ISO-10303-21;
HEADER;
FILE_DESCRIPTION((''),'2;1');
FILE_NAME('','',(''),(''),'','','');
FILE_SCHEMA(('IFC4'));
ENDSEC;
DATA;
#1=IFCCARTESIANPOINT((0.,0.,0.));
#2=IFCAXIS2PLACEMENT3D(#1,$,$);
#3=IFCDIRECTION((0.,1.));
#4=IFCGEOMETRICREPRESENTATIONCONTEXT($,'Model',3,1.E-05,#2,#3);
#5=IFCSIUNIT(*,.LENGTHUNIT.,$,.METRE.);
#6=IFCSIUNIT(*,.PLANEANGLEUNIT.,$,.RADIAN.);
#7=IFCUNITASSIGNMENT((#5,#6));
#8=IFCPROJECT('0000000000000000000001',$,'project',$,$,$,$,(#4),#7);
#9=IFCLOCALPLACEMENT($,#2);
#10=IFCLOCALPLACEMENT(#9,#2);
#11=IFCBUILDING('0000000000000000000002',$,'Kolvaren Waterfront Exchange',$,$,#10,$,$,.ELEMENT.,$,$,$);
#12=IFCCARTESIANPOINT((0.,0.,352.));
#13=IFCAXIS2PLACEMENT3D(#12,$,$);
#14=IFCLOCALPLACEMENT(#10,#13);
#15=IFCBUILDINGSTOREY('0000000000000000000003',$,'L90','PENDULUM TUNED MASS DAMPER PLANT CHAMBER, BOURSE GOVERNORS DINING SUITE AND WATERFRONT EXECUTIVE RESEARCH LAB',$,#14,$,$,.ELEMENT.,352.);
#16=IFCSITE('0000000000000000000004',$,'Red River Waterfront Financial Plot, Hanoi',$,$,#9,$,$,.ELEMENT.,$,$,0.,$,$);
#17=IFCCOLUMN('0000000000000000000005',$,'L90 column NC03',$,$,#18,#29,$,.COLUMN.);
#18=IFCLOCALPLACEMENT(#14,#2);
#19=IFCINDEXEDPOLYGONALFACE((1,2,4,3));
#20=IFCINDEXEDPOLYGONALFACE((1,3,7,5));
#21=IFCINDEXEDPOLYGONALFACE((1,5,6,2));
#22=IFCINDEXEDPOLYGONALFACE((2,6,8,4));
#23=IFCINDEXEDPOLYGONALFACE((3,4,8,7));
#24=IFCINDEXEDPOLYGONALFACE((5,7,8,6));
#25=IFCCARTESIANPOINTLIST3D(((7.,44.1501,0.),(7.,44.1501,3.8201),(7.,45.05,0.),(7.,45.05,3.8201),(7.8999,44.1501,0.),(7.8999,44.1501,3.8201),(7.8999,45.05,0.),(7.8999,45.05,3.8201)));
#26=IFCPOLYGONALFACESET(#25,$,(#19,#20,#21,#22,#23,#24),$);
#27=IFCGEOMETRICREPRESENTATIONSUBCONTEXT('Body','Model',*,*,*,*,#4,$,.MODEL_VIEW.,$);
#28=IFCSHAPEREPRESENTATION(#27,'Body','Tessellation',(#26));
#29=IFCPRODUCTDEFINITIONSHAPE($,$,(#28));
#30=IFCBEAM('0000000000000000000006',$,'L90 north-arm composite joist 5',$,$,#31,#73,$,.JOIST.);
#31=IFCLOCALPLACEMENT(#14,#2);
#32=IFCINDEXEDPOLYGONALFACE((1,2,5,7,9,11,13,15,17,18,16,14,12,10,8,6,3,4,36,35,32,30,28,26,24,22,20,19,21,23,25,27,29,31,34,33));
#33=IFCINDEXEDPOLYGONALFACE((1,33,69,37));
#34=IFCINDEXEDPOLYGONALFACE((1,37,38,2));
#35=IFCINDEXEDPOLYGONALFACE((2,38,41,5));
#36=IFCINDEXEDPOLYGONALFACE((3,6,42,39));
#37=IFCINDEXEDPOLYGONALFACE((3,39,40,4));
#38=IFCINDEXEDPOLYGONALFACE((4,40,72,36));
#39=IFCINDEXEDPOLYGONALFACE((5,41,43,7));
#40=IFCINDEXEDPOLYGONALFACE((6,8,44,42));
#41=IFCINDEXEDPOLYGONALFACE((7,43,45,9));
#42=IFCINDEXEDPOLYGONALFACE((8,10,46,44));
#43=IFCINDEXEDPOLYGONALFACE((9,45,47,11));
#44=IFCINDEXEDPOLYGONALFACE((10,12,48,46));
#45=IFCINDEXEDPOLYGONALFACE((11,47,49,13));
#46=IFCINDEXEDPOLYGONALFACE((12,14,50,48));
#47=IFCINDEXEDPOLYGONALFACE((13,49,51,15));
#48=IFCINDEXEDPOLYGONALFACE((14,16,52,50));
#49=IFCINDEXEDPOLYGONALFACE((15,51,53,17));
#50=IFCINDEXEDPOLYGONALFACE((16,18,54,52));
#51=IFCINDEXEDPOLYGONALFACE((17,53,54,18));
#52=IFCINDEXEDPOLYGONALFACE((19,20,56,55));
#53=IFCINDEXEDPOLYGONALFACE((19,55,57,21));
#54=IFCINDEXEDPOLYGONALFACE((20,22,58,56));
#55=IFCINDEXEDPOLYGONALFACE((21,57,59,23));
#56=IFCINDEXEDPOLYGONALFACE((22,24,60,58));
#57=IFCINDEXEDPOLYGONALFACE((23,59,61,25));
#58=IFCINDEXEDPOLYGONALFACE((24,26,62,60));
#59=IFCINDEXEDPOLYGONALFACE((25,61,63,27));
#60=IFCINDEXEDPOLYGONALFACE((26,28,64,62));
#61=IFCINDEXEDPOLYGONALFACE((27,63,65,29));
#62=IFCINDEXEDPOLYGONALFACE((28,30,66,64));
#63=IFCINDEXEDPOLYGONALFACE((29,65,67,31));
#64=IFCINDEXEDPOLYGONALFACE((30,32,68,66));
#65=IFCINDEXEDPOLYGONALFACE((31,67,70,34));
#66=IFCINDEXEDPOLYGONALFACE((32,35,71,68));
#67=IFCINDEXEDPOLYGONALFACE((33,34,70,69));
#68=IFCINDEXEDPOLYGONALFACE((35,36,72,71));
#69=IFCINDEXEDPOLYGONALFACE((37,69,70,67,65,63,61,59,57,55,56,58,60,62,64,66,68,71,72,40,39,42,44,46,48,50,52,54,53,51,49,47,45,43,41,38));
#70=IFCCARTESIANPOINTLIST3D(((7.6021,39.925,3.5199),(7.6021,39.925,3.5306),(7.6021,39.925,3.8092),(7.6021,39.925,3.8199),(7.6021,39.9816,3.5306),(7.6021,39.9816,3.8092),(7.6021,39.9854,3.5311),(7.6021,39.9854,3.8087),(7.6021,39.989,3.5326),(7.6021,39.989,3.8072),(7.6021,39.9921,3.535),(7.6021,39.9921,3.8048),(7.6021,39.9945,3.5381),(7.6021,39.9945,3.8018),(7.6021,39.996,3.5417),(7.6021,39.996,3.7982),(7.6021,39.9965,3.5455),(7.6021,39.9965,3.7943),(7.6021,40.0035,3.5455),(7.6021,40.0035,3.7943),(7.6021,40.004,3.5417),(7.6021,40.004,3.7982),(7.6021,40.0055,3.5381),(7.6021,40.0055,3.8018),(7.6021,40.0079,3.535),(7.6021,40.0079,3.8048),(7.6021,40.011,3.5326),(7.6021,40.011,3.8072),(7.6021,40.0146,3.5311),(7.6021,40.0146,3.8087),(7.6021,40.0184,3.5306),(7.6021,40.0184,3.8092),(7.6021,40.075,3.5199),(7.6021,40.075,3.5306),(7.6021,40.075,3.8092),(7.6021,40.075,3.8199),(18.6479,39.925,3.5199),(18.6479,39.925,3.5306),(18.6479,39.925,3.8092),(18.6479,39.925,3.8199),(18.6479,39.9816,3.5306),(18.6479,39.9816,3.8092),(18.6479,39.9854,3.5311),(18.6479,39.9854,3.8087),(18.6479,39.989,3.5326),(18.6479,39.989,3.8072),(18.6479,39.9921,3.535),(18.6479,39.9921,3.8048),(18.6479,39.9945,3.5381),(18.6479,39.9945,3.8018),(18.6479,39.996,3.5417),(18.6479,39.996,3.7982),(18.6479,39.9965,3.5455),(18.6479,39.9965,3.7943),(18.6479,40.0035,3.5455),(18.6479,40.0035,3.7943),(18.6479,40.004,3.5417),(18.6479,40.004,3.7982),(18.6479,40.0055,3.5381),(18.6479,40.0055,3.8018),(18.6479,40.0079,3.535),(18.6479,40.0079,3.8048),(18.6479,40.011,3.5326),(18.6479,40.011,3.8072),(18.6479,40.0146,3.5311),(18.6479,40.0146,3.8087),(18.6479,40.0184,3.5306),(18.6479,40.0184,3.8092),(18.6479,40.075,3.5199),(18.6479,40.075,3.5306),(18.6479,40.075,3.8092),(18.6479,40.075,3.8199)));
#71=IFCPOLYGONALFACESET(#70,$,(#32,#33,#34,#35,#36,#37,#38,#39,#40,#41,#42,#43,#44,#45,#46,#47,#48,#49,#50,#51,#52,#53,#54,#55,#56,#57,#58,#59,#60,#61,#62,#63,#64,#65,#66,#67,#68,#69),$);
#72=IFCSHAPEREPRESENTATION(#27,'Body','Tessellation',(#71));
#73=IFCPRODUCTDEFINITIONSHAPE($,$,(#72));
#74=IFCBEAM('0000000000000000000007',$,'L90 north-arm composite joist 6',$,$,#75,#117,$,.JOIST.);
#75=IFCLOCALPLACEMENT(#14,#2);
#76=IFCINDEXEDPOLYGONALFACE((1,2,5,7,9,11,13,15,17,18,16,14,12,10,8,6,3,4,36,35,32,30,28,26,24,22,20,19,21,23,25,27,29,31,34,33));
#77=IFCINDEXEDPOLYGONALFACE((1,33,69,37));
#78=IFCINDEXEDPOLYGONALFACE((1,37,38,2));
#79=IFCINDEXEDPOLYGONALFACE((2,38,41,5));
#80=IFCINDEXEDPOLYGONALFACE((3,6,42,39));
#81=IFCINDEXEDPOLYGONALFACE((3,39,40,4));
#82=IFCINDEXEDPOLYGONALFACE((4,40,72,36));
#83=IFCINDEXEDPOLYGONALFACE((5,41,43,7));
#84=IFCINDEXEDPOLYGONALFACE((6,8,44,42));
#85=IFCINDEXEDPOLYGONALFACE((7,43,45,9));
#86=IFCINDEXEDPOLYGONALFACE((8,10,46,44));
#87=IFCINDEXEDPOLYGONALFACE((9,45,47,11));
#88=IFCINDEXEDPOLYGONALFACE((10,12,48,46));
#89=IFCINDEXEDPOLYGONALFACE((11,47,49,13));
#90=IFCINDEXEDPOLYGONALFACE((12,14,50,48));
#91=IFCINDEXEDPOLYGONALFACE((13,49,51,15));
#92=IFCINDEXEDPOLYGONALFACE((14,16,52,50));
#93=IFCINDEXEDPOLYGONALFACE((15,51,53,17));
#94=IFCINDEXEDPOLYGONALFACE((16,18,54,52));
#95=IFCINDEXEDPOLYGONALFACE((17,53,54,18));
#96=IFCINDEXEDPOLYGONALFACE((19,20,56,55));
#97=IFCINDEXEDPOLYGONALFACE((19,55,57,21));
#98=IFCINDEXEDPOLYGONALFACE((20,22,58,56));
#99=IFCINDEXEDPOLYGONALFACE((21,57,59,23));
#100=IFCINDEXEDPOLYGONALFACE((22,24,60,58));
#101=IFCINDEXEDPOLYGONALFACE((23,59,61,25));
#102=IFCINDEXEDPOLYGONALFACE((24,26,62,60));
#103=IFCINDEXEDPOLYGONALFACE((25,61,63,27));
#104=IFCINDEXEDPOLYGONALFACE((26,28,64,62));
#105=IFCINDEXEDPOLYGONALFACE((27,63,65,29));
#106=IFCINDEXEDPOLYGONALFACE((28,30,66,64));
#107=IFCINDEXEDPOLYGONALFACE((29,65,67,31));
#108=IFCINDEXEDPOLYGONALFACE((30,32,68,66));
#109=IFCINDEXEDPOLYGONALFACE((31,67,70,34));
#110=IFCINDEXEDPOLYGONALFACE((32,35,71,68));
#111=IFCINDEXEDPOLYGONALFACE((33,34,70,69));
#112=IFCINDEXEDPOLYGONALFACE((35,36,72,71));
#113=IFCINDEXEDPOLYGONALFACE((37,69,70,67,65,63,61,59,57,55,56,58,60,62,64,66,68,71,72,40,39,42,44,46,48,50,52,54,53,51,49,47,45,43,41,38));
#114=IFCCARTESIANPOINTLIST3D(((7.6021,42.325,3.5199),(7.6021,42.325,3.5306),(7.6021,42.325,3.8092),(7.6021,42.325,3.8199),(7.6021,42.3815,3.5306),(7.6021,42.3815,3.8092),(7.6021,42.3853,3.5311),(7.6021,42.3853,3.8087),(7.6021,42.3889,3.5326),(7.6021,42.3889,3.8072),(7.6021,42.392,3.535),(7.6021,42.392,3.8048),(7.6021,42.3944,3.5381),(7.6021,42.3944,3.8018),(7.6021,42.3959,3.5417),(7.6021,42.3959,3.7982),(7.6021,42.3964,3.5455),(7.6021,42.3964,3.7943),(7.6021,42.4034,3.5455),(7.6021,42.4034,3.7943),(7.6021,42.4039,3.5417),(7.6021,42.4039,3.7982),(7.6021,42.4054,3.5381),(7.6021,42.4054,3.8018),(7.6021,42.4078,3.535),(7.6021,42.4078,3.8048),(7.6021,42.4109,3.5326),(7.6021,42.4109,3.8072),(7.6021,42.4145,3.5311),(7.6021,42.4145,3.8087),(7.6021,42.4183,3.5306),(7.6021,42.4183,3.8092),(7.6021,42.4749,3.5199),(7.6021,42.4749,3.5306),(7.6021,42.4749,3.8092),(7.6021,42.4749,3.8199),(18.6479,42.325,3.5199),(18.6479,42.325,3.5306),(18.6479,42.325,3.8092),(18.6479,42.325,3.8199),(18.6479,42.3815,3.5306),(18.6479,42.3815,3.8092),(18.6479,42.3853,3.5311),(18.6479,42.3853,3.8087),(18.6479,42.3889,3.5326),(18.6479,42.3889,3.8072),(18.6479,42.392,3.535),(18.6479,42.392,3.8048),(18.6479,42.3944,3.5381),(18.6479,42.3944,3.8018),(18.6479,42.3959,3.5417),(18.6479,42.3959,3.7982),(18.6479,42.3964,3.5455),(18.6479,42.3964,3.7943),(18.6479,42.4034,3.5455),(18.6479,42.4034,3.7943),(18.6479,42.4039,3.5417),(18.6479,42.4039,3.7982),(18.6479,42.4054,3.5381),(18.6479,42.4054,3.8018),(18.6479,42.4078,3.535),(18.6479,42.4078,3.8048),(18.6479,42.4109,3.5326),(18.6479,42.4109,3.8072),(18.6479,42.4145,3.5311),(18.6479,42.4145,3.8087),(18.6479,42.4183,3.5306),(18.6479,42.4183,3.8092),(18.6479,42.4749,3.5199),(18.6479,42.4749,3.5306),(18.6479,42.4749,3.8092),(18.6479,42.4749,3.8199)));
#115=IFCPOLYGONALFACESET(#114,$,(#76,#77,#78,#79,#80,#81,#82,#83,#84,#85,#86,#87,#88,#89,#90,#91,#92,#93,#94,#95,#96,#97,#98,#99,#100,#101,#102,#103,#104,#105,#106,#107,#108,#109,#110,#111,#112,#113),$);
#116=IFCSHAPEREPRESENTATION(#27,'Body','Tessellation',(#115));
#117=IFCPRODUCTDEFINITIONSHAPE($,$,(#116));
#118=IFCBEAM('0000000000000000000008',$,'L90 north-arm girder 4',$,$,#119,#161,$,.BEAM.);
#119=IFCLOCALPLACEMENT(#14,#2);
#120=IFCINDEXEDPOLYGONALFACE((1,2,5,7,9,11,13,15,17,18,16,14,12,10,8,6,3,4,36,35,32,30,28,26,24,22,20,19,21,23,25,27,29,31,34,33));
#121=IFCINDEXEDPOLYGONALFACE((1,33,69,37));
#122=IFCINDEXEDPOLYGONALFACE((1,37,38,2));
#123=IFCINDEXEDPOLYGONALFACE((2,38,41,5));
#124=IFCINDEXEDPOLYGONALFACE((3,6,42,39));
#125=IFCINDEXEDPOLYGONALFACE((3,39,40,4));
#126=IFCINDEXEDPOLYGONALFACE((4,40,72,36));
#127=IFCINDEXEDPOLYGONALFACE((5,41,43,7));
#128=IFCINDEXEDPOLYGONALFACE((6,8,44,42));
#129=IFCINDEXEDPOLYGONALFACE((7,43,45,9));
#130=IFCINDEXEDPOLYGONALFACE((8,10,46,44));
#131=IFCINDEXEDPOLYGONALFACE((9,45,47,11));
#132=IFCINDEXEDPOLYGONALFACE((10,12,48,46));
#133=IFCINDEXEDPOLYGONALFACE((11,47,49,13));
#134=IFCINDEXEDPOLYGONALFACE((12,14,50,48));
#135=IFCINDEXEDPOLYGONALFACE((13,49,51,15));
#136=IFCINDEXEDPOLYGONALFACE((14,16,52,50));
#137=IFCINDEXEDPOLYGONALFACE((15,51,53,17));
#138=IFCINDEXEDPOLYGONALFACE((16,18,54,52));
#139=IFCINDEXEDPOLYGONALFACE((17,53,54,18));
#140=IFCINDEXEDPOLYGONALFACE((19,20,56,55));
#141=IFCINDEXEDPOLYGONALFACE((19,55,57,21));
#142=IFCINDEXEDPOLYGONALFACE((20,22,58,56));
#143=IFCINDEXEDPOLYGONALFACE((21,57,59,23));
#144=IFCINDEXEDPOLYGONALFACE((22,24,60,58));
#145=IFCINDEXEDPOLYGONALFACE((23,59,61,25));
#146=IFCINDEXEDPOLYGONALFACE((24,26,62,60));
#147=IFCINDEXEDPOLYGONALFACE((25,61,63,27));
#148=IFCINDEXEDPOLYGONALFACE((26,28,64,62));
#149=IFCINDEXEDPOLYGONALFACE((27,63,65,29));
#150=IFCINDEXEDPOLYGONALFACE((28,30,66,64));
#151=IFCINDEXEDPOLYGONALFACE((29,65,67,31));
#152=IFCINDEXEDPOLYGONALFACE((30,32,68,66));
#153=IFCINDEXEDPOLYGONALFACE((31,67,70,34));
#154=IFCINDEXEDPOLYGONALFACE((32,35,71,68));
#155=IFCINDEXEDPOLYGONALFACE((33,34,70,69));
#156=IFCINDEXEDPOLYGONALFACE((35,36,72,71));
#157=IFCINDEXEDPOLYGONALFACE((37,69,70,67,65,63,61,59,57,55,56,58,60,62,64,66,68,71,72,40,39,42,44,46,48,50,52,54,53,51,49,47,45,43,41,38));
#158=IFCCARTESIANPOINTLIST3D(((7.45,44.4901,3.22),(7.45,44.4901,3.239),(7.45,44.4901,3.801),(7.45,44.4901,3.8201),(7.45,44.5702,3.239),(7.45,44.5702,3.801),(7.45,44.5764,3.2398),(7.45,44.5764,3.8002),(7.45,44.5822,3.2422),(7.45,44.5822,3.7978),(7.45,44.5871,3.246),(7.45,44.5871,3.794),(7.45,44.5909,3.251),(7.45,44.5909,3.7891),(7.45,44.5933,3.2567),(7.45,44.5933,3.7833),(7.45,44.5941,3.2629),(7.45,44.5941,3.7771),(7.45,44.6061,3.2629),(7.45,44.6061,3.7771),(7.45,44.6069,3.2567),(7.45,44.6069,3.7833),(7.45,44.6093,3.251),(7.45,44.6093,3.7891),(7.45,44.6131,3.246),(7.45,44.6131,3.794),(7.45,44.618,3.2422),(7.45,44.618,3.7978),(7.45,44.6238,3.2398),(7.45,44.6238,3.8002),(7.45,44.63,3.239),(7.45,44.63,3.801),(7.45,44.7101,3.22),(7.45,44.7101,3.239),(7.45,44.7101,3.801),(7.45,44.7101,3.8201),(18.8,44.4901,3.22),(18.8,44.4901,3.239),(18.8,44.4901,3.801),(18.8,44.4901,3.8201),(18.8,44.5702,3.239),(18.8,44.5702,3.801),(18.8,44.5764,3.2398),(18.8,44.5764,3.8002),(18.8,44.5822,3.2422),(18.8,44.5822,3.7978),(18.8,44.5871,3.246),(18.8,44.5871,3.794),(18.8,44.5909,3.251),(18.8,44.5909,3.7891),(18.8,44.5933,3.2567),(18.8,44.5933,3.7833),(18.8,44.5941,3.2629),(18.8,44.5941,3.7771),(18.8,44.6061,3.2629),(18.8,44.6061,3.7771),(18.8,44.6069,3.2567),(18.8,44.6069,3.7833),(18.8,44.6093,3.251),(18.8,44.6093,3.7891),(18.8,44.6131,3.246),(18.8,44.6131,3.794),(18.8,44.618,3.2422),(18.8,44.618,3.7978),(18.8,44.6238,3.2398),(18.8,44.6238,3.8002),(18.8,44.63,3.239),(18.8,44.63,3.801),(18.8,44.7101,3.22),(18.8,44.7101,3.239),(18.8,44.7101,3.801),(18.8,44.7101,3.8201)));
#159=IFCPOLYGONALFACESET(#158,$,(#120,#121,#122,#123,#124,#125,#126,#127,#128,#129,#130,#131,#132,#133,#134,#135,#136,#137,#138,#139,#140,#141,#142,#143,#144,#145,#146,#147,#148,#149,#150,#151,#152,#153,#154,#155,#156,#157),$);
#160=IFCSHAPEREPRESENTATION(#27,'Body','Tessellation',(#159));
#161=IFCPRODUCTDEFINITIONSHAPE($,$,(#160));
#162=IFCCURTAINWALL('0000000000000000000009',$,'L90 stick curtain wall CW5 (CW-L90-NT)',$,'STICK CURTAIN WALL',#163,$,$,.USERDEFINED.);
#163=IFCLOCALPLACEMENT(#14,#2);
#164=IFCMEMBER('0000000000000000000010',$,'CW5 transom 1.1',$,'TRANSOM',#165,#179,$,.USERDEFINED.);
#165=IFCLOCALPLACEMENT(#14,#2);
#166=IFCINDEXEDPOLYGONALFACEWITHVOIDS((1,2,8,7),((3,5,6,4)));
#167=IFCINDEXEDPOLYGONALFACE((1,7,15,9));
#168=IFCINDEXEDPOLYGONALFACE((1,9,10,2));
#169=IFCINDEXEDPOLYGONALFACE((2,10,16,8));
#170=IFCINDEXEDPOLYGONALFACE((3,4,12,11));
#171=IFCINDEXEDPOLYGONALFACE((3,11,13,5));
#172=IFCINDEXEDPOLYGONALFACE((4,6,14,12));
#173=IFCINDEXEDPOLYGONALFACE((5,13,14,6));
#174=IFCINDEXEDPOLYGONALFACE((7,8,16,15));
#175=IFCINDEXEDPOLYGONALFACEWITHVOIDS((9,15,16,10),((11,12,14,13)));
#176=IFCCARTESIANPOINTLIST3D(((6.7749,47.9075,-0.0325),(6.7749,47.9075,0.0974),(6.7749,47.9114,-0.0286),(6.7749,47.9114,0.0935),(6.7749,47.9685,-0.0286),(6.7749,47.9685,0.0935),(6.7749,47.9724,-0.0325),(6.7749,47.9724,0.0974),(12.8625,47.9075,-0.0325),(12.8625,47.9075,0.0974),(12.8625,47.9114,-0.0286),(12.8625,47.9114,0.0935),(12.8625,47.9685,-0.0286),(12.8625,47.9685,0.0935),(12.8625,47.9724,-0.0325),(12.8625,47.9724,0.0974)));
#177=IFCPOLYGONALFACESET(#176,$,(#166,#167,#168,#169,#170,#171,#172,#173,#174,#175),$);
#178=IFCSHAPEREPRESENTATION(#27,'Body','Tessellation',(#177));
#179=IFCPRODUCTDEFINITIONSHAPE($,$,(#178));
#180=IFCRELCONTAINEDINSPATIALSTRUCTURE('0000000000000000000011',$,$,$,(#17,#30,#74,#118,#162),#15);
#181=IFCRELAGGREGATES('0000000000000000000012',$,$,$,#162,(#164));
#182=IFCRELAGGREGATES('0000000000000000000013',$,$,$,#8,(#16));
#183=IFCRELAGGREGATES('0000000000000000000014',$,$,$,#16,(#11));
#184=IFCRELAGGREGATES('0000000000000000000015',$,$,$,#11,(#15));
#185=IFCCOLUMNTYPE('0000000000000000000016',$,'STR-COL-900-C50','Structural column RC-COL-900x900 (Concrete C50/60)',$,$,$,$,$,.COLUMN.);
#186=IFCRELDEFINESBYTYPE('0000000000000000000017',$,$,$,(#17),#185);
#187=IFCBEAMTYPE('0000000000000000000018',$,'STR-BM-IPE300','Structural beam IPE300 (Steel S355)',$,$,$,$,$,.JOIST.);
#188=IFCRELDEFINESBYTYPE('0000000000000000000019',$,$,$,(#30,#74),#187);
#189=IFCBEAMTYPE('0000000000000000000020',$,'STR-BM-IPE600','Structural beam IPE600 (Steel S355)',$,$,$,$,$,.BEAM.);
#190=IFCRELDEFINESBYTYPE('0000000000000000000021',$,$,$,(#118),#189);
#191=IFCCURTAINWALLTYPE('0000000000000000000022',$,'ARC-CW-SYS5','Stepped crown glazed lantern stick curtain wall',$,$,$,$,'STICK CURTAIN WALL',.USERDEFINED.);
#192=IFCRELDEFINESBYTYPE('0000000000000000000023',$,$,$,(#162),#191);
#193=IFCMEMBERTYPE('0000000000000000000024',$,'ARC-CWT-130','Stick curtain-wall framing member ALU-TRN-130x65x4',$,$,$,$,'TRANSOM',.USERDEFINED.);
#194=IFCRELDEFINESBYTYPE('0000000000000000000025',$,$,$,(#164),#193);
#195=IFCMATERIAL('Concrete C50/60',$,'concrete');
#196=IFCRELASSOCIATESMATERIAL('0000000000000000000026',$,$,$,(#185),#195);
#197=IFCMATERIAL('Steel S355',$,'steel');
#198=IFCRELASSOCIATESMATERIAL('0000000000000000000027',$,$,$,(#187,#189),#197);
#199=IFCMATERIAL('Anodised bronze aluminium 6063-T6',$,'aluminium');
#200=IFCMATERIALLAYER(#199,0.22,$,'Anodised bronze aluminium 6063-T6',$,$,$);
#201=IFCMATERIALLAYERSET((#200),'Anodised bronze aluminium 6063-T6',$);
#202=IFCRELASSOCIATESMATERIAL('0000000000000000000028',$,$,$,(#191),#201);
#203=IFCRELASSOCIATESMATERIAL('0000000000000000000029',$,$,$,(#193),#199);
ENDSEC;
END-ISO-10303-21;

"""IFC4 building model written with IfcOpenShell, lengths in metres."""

from ifc_helpers import new_model, si_unit, direction, frame, origin, origin_with_axes, origin_2d, place, context, subcontext, project, spatial, rectangle, hollow_rectangle, i_section, extrude, source, transform, mapped, material, layer, layer_set, material_profile, profile_set, type_object, element, aggregate, save


model = new_model("IFC4")

# Units and contexts
model_context = context("Model", 3, precision=1e-05, world=origin(), true_north=direction((0.0, 1.0)))
body_context = subcontext(model_context, "Body", "Model", "MODEL_VIEW")
ifc_project = project(units=[si_unit("LENGTHUNIT", "METRE"), si_unit("PLANEANGLEUNIT", "RADIAN")], contexts=[model_context])

# Site, building, storey
site_placement = place(None, origin())
site = spatial("IfcSite", under=ifc_project, at=site_placement, Name="Red River Waterfront Financial Plot, Hanoi", CompositionType="ELEMENT", RefElevation=0.0)
building_placement = place(site_placement, origin())
building = spatial("IfcBuilding", under=site, at=building_placement, Name="Kolvaren Waterfront Exchange", CompositionType="ELEMENT")
storey_placement = place(building_placement, frame((0.0, 0.0, 352.0)))
storey = spatial("IfcBuildingStorey", under=building, at=storey_placement, Name="L90", Description="PENDULUM TUNED MASS DAMPER PLANT CHAMBER, BOURSE GOVERNORS DINING SUITE AND WATERFRONT EXECUTIVE RESEARCH LAB", CompositionType="ELEMENT", Elevation=352.0)

# Column
ifc_material_1 = material(Name="Concrete C50/60", Category="concrete")
ifc_material_profile_1 = material_profile(ifc_material_1, rectangle(XDim=0.8999, YDim=0.8999, at=origin_2d()), Name="RC-COL-900x900")
ifc_profile_set_1 = profile_set([ifc_material_profile_1], Name="Concrete C50/60")
column_type = type_object("IfcColumnType", Name="STR-COL-900-C50", Description="Structural column RC-COL-900x900 (Concrete C50/60)", PredefinedType="COLUMN", material=ifc_profile_set_1)
column_placement = place(storey_placement, frame((7.45, 44.6001, 0.0), z_axis=(0.0, 0.0, 1.0), x_axis=(1.0, 0.0, 0.0)))
element("IfcColumn", 1, at=column_placement, inside=storey, type_object=column_type, Name="L90 column NC03", PredefinedType="COLUMN", context=body_context, shape_type="SweptSolid", body=[
    extrude(rectangle(XDim=0.8999, YDim=0.8999, at=origin_2d()), origin(), (0.0, 0.0, 1.0), 3.8201),
])

# Beams
ifc_material_2 = material(Name="Steel S355", Category="steel")
ifc_material_profile_2 = material_profile(ifc_material_2, i_section(OverallWidth=0.1499, OverallDepth=0.3, WebThickness=0.0071, FlangeThickness=0.0107, FilletRadius=0.0149, at=origin_2d()), Name="IPE300")
ifc_profile_set_2 = profile_set([ifc_material_profile_2], Name="Steel S355")
beam_type_1 = type_object("IfcBeamType", Name="STR-BM-IPE300", Description="Structural beam IPE300 (Steel S355)", PredefinedType="JOIST", material=ifc_profile_set_2)
for number, where, z_axis, x_axis, name in (
    (2, (7.6021, 40.0, 3.6699), (1.0, 0.0, 0.0), (0.0, 1.0, 0.0), "L90 north-arm composite joist 5"),
    (3, (7.6021, 42.3999, 3.6699), (1.0, 0.0, 0.0), (0.0, 1.0, 0.0), "L90 north-arm composite joist 6"),
):
    element("IfcBeam", number, at=place(storey_placement, frame(where, z_axis=z_axis, x_axis=x_axis)), inside=storey, type_object=beam_type_1, Name=name, PredefinedType="JOIST", context=body_context, shape_type="SweptSolid", body=[
        extrude(i_section(OverallWidth=0.1499, OverallDepth=0.3, WebThickness=0.0071, FlangeThickness=0.0107, FilletRadius=0.0149, at=origin_2d()), origin(), (0.0, 0.0, 1.0), 11.0459),
    ])
ifc_material_profile_3 = material_profile(ifc_material_2, i_section(OverallWidth=0.22, OverallDepth=0.6001, WebThickness=0.012, FlangeThickness=0.019, FilletRadius=0.0239, at=origin_2d()), Name="IPE600")
ifc_profile_set_3 = profile_set([ifc_material_profile_3], Name="Steel S355")
beam_type_2 = type_object("IfcBeamType", Name="STR-BM-IPE600", Description="Structural beam IPE600 (Steel S355)", PredefinedType="BEAM", material=ifc_profile_set_3)
beam_placement = place(storey_placement, frame((7.45, 44.6001, 3.52), z_axis=(1.0, 0.0, 0.0), x_axis=(0.0, 1.0, 0.0)))
element("IfcBeam", 4, at=beam_placement, inside=storey, type_object=beam_type_2, Name="L90 north-arm girder 4", PredefinedType="BEAM", context=body_context, shape_type="SweptSolid", body=[
    extrude(i_section(OverallWidth=0.22, OverallDepth=0.6001, WebThickness=0.012, FlangeThickness=0.019, FilletRadius=0.0239, at=origin_2d()), origin(), (0.0, 0.0, 1.0), 11.3501),
])

# Curtain wall, member
ifc_material_3 = material(Name="Anodised bronze aluminium 6063-T6", Category="aluminium")
ifc_layer_1 = layer(ifc_material_3, 0.22, Name="Anodised bronze aluminium 6063-T6")
ifc_layer_set_1 = layer_set([ifc_layer_1], Name="Anodised bronze aluminium 6063-T6")
curtain_wall_type = type_object("IfcCurtainWallType", Name="ARC-CW-SYS5", Description="Stepped crown glazed lantern stick curtain wall", ElementType="STICK CURTAIN WALL", PredefinedType="USERDEFINED", material=ifc_layer_set_1)
curtain_wall_1_placement = place(storey_placement, origin())
curtain_wall_1 = element("IfcCurtainWall", 5, at=curtain_wall_1_placement, inside=storey, type_object=curtain_wall_type, Name="L90 stick curtain wall CW5 (CW-L90-NT)", ObjectType="STICK CURTAIN WALL", PredefinedType="USERDEFINED")
ifc_material_profile_4 = material_profile(ifc_material_3, hollow_rectangle(XDim=0.0649, YDim=0.1299, WallThickness=0.0039, at=origin_2d()), Name="ALU-TRN-130x65x4")
ifc_profile_set_4 = profile_set([ifc_material_profile_4], Name="Anodised bronze aluminium 6063-T6")
member_type_1 = type_object("IfcMemberType", Name="ARC-CWT-130", Description="Stick curtain-wall framing member ALU-TRN-130x65x4", ElementType="TRANSOM", PredefinedType="USERDEFINED", material=ifc_profile_set_4)
shared_shape_1 = source(origin_with_axes(), body_context, "Body", "SweptSolid", [
    extrude(hollow_rectangle(XDim=0.0649, YDim=0.1299, WallThickness=0.0039, at=origin_2d()), origin(), (0.0, 0.0, 1.0), 6.0876),
])
member_1_placement = place(storey_placement, frame((6.7749, 47.9399, 0.0325), z_axis=(1.0, 0.0, 0.0), x_axis=(0.0, 1.0, 0.0)))
member_1 = element("IfcMember", 6, at=member_1_placement, type_object=member_type_1, Name="CW5 transom 1.1", ObjectType="TRANSOM", PredefinedType="USERDEFINED", context=body_context, shape_type="MappedRepresentation", body=[
    mapped(shared_shape_1, transform((0.0, 0.0, 0.0), x_axis=(1.0, 0.0, 0.0), y_axis=(0.0, 1.0, 0.0), z_axis=(0.0, 0.0, 1.0), scale=1.0)),
])

aggregate(curtain_wall_1, [member_1])

save(model, "model.ifc")
